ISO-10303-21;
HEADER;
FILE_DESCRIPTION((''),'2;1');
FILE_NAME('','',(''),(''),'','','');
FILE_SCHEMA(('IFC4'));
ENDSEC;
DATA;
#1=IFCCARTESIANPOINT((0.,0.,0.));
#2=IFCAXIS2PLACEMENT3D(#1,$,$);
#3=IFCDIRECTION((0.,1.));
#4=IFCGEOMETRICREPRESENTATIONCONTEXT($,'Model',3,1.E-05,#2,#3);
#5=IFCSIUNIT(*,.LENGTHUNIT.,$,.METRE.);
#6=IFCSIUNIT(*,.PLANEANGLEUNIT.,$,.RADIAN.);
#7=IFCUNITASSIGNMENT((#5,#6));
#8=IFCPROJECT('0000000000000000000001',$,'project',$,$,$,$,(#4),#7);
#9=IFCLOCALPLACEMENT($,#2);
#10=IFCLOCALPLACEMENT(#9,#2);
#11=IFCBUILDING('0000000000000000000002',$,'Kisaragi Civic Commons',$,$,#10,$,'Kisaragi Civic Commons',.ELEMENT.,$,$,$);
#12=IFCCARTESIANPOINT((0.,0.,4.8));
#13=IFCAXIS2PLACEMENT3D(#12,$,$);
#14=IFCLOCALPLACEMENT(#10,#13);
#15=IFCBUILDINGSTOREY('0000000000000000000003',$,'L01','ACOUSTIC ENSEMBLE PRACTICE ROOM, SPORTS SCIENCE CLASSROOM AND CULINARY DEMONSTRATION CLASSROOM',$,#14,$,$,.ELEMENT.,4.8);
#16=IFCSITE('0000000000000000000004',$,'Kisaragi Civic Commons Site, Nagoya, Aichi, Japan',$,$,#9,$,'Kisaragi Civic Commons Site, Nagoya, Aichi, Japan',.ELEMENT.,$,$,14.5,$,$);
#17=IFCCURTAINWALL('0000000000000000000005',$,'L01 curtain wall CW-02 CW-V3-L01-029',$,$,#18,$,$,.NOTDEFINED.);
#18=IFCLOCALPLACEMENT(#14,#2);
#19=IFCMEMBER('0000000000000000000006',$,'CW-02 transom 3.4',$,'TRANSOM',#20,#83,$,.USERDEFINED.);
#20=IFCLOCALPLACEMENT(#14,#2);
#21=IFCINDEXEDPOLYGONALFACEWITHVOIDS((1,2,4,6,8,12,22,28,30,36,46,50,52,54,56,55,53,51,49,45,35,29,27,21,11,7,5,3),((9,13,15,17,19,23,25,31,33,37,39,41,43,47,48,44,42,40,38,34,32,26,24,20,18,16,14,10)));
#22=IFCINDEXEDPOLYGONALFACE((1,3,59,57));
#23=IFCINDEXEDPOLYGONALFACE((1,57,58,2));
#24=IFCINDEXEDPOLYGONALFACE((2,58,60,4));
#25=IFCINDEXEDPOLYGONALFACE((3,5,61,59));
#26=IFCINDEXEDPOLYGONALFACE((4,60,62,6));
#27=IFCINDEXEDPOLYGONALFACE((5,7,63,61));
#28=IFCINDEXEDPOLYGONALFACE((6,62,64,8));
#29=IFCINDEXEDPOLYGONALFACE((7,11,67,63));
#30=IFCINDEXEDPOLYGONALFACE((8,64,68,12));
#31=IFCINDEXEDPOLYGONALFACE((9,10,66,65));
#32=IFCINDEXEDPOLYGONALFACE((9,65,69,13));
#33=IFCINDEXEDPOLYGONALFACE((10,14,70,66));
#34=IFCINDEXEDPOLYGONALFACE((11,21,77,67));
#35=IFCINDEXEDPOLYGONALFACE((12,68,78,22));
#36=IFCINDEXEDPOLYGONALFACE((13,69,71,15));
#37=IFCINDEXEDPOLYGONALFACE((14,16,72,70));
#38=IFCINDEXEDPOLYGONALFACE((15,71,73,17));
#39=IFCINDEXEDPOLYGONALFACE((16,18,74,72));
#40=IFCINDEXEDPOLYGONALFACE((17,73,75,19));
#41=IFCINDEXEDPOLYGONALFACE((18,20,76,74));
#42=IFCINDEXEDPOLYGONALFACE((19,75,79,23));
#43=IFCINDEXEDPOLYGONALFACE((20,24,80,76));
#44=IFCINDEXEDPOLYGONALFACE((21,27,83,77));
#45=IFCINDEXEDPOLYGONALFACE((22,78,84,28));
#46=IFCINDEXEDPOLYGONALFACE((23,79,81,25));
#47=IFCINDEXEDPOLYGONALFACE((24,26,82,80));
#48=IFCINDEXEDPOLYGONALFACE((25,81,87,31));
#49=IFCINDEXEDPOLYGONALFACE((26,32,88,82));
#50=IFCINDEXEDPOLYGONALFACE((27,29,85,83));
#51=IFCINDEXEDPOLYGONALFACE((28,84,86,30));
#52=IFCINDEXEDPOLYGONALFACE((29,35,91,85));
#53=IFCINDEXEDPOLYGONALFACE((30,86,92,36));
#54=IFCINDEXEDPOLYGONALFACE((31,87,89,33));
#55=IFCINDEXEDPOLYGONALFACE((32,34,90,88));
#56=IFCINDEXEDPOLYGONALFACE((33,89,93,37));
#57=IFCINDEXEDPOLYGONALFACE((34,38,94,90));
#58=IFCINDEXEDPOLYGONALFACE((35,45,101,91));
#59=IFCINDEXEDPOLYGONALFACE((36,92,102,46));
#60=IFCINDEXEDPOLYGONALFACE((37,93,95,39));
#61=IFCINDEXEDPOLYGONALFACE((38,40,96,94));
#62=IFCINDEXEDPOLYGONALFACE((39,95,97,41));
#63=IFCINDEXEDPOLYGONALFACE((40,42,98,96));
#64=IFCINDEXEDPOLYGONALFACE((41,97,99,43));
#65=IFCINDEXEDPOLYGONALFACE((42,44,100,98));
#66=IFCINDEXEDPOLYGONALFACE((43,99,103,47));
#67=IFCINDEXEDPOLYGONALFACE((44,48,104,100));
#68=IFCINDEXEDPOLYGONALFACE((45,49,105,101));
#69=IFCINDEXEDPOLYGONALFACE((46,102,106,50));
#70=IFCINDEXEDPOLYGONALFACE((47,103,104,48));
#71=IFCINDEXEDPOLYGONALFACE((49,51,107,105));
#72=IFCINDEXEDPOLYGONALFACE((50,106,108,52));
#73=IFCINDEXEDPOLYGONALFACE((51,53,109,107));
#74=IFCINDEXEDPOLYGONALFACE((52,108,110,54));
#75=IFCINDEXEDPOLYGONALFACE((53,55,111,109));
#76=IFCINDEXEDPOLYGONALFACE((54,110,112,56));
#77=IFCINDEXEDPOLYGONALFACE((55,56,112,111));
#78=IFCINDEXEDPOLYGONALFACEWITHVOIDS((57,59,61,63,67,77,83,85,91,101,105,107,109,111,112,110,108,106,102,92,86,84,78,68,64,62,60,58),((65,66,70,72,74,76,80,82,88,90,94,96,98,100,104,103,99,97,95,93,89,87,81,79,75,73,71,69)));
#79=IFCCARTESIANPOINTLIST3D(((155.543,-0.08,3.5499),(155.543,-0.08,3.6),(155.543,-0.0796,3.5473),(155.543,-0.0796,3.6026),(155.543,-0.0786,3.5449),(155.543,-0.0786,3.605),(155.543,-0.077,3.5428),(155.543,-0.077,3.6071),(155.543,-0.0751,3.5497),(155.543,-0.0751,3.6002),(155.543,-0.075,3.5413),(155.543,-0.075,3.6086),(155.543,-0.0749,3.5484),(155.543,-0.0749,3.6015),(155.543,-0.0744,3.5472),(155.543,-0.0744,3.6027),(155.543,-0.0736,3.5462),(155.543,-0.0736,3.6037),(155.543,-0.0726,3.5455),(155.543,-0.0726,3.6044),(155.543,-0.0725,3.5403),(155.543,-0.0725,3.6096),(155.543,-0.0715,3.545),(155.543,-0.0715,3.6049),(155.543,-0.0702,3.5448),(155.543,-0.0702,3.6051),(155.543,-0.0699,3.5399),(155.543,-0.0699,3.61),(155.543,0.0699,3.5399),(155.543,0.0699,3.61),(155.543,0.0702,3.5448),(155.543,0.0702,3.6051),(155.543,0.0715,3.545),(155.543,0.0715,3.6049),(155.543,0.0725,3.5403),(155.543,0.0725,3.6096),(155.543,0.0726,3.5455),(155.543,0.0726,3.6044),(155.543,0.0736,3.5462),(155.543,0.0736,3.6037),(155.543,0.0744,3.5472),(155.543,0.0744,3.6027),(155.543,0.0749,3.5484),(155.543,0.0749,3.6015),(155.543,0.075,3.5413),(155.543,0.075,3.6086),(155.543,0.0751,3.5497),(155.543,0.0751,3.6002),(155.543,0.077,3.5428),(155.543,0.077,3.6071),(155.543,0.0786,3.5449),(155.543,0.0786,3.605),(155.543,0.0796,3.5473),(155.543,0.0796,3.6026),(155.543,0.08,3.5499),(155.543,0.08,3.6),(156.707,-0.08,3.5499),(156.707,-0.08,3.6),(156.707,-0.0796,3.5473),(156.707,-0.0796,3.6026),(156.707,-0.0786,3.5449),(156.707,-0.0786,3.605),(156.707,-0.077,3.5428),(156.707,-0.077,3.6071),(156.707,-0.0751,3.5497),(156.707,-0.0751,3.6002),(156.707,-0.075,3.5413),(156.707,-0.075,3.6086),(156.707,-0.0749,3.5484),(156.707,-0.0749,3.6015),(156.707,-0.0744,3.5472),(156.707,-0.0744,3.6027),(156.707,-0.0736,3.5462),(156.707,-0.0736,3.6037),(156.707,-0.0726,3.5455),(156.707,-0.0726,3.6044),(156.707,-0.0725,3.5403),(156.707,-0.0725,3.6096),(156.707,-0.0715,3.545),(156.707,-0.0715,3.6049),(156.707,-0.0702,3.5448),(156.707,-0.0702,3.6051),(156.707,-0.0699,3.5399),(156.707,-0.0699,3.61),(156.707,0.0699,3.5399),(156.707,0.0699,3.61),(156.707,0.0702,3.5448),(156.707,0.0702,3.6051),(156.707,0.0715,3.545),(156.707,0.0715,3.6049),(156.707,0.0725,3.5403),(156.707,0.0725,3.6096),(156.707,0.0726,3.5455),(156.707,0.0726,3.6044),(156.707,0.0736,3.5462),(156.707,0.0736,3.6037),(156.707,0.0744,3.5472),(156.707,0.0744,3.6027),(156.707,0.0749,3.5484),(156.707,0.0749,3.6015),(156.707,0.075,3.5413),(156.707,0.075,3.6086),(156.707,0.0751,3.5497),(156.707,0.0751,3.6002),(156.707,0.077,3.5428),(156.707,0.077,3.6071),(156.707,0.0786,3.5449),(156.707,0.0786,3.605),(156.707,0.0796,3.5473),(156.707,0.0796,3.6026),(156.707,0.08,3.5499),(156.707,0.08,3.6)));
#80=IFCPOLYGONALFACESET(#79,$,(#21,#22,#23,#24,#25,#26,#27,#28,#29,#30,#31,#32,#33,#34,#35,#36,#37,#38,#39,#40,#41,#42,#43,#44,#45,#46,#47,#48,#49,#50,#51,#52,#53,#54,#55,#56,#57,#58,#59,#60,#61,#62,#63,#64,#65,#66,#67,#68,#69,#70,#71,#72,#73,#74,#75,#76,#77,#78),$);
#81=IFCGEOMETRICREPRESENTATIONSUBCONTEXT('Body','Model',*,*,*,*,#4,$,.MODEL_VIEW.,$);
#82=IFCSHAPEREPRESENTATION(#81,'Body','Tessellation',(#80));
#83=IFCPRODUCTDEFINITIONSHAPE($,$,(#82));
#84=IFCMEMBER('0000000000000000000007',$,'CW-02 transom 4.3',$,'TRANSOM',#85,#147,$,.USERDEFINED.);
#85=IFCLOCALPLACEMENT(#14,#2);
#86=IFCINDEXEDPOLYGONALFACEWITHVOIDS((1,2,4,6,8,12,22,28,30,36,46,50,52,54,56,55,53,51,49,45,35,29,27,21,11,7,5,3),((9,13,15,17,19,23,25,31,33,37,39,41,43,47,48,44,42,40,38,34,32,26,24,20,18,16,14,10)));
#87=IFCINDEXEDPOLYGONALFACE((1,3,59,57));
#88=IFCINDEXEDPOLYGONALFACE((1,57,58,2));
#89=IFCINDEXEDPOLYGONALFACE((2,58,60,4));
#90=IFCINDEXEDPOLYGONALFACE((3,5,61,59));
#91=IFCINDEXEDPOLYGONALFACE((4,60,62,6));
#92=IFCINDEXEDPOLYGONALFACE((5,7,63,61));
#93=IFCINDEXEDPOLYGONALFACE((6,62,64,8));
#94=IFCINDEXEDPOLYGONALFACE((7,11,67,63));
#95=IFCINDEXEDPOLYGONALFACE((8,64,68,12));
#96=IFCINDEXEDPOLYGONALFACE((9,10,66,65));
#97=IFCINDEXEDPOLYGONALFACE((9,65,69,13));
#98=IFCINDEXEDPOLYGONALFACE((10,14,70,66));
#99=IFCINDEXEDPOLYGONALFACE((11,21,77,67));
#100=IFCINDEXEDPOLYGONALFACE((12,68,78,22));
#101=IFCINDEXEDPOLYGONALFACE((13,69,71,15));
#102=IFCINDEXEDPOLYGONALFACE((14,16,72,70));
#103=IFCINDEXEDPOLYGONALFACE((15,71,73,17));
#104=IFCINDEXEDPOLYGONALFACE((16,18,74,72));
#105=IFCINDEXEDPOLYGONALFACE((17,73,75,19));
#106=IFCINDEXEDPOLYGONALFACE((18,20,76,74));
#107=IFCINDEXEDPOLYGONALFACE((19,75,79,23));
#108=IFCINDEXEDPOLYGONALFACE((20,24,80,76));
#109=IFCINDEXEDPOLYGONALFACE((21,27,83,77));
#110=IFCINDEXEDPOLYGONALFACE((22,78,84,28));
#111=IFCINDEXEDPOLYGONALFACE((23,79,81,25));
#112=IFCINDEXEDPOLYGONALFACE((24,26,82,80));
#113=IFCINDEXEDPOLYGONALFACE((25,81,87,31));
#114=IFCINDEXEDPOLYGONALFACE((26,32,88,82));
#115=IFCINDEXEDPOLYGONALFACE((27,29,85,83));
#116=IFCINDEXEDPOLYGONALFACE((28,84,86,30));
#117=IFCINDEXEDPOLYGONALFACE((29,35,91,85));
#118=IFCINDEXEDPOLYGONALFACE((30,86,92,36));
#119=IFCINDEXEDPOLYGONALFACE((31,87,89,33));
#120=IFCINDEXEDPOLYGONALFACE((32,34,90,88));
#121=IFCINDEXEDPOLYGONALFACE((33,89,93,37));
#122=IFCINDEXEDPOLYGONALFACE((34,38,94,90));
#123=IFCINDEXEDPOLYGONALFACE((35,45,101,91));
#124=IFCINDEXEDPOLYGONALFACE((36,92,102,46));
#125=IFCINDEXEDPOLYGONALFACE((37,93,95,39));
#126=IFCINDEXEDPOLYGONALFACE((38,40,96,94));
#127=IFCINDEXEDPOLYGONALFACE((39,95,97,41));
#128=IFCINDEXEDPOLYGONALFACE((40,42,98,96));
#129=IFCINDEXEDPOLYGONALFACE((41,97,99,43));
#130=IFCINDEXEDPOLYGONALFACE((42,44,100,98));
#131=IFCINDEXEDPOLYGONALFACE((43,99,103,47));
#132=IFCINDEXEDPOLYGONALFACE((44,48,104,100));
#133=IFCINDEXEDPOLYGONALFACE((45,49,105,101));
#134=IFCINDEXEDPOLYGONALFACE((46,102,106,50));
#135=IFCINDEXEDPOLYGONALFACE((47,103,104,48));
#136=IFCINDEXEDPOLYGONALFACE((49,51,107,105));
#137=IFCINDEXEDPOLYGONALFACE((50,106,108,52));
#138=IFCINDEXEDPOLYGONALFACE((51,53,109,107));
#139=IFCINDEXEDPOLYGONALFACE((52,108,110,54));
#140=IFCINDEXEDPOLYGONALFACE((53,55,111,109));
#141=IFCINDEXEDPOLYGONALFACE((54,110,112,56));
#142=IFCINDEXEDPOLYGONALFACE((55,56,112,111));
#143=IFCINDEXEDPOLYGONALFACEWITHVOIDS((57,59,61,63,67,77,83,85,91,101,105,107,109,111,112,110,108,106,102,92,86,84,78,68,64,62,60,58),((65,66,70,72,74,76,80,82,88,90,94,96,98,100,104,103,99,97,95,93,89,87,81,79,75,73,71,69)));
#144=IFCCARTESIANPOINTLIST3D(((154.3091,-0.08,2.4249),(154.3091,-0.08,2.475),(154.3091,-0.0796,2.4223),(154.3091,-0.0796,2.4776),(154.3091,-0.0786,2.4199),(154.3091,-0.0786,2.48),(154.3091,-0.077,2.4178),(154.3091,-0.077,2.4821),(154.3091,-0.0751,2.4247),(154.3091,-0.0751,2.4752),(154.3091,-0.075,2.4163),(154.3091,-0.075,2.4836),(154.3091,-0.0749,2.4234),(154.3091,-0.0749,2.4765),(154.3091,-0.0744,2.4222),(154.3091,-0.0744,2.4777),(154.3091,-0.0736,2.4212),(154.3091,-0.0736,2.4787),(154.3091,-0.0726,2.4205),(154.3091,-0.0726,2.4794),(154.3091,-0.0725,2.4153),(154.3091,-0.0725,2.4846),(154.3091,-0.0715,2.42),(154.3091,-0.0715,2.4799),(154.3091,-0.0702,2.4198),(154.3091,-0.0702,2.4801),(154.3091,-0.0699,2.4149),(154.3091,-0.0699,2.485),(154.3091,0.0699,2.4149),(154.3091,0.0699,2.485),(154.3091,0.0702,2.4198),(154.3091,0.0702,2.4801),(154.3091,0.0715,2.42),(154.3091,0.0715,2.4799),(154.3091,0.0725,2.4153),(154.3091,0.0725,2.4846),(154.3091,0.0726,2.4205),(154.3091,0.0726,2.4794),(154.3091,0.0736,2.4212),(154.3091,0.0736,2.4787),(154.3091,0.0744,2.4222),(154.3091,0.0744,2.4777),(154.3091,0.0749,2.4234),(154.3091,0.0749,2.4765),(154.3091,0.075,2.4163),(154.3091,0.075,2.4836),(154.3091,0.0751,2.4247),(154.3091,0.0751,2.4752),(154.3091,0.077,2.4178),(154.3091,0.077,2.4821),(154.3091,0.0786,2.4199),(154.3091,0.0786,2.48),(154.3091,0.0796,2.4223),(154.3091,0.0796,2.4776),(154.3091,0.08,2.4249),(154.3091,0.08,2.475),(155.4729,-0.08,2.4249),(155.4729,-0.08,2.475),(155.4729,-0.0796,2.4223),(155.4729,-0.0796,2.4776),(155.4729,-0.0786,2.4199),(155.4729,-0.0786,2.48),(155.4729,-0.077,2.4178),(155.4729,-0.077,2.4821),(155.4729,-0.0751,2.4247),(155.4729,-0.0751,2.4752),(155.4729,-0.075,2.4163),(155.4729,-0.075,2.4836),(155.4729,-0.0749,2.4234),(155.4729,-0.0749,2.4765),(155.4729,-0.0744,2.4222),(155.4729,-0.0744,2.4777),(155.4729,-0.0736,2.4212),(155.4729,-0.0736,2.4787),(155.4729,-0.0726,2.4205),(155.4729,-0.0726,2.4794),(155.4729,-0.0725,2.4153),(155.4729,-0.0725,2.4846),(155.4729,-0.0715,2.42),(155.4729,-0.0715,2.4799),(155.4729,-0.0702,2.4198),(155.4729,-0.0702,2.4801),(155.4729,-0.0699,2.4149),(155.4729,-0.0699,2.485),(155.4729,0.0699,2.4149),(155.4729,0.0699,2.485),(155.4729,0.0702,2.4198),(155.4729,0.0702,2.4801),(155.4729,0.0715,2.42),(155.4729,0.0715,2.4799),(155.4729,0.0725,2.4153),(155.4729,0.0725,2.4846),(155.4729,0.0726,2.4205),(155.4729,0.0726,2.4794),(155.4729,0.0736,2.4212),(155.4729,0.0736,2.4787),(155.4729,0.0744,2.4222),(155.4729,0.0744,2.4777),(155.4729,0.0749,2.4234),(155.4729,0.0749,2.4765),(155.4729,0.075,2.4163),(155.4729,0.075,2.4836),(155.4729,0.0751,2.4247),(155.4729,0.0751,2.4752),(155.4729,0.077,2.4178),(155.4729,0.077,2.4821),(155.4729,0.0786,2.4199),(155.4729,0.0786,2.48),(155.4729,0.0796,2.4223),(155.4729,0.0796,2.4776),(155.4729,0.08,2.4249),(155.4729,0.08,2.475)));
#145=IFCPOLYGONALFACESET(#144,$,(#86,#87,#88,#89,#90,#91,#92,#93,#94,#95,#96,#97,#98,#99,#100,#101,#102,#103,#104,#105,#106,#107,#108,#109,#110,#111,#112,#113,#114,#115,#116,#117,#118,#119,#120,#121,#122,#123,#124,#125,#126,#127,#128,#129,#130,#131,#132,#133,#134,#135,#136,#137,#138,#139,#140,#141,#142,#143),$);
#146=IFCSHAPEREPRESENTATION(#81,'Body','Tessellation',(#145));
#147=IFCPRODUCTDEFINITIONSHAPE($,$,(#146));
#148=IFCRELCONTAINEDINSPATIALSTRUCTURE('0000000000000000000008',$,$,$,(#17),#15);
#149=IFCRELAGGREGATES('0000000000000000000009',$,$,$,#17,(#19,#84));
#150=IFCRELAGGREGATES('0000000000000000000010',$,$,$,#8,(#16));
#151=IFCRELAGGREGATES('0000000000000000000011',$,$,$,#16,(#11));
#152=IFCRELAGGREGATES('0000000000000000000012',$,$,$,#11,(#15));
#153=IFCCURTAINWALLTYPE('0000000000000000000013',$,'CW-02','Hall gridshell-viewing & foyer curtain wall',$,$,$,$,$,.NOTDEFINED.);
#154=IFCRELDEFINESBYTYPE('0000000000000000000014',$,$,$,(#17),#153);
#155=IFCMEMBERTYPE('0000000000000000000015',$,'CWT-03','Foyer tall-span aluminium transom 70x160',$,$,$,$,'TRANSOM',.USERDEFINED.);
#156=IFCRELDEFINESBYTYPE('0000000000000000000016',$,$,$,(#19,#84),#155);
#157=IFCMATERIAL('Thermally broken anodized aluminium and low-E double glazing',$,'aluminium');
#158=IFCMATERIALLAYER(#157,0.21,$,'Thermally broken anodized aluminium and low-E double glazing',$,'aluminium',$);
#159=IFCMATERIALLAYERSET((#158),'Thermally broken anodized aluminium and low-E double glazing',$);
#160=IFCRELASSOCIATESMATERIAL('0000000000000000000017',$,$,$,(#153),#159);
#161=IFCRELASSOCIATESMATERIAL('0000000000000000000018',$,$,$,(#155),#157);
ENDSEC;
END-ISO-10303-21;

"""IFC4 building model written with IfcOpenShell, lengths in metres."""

from ifc_helpers import new_model, si_unit, direction, frame, origin, origin_2d, place, context, subcontext, project, spatial, hollow_rectangle, extrude, material, layer, layer_set, material_profile, profile_set, type_object, element, aggregate, save


model = new_model("IFC4")

# Units and contexts
model_context = context("Model", 3, precision=1e-05, world=origin(), true_north=direction((0.0, 1.0)))
body_context = subcontext(model_context, "Body", "Model", "MODEL_VIEW")
ifc_project = project(units=[si_unit("LENGTHUNIT", "METRE"), si_unit("PLANEANGLEUNIT", "RADIAN")], contexts=[model_context])

# Site, building, storey
site_placement = place(None, origin())
site = spatial("IfcSite", under=ifc_project, at=site_placement, Name="Kisaragi Civic Commons Site, Nagoya, Aichi, Japan", LongName="Kisaragi Civic Commons Site, Nagoya, Aichi, Japan", CompositionType="ELEMENT", RefElevation=14.5)
building_placement = place(site_placement, origin())
building = spatial("IfcBuilding", under=site, at=building_placement, Name="Kisaragi Civic Commons", LongName="Kisaragi Civic Commons", CompositionType="ELEMENT")
storey_placement = place(building_placement, frame((0.0, 0.0, 4.8)))
storey = spatial("IfcBuildingStorey", under=building, at=storey_placement, Name="L01", Description="ACOUSTIC ENSEMBLE PRACTICE ROOM, SPORTS SCIENCE CLASSROOM AND CULINARY DEMONSTRATION CLASSROOM", CompositionType="ELEMENT", Elevation=4.8)

# Curtain wall, members
ifc_material = material(Name="Thermally broken anodized aluminium and low-E double glazing", Category="aluminium")
ifc_layer_1 = layer(ifc_material, 0.21, Name="Thermally broken anodized aluminium and low-E double glazing", Category="aluminium")
ifc_layer_set_1 = layer_set([ifc_layer_1], Name="Thermally broken anodized aluminium and low-E double glazing")
curtain_wall_type = type_object("IfcCurtainWallType", Name="CW-02", Description="Hall gridshell-viewing & foyer curtain wall", PredefinedType="NOTDEFINED", material=ifc_layer_set_1)
curtain_wall_placement = place(storey_placement, origin())
curtain_wall = element("IfcCurtainWall", 1, at=curtain_wall_placement, inside=storey, type_object=curtain_wall_type, Name="L01 curtain wall CW-02 CW-V3-L01-029", PredefinedType="NOTDEFINED")
ifc_material_profile_1 = material_profile(ifc_material, hollow_rectangle(XDim=0.1599, YDim=0.0701, WallThickness=0.0049, InnerFilletRadius=0.0049, OuterFilletRadius=0.01, at=origin_2d()), Name="CWT-70x160x5", Category="aluminium")
ifc_profile_set_1 = profile_set([ifc_material_profile_1], Name="Thermally broken anodized aluminium and low-E double glazing")
member_type_1 = type_object("IfcMemberType", Name="CWT-03", Description="Foyer tall-span aluminium transom 70x160", ElementType="TRANSOM", PredefinedType="USERDEFINED", material=ifc_profile_set_1)
member_1_placement = place(storey_placement, frame((156.707, 0.0, 3.575), z_axis=(-1.0, 0.0, 0.0), x_axis=(0.0, -1.0, 0.0)))
member_1 = element("IfcMember", 2, at=member_1_placement, type_object=member_type_1, Name="CW-02 transom 3.4", ObjectType="TRANSOM", PredefinedType="USERDEFINED", context=body_context, shape_type="SweptSolid", body=[
    extrude(hollow_rectangle(XDim=0.1599, YDim=0.0701, WallThickness=0.0049, InnerFilletRadius=0.0049, OuterFilletRadius=0.01, at=origin_2d()), origin(), (0.0, 0.0, 1.0), 1.1641),
])
member_2_placement = place(storey_placement, frame((155.4729, 0.0, 2.45), z_axis=(-1.0, 0.0, 0.0), x_axis=(0.0, -1.0, 0.0)))
member_2 = element("IfcMember", 3, at=member_2_placement, type_object=member_type_1, Name="CW-02 transom 4.3", ObjectType="TRANSOM", PredefinedType="USERDEFINED", context=body_context, shape_type="SweptSolid", body=[
    extrude(hollow_rectangle(XDim=0.1599, YDim=0.0701, WallThickness=0.0049, InnerFilletRadius=0.0049, OuterFilletRadius=0.01, at=origin_2d()), origin(), (0.0, 0.0, 1.0), 1.1638),
])
aggregate(curtain_wall, [member_1, member_2])

save(model, "model.ifc")
